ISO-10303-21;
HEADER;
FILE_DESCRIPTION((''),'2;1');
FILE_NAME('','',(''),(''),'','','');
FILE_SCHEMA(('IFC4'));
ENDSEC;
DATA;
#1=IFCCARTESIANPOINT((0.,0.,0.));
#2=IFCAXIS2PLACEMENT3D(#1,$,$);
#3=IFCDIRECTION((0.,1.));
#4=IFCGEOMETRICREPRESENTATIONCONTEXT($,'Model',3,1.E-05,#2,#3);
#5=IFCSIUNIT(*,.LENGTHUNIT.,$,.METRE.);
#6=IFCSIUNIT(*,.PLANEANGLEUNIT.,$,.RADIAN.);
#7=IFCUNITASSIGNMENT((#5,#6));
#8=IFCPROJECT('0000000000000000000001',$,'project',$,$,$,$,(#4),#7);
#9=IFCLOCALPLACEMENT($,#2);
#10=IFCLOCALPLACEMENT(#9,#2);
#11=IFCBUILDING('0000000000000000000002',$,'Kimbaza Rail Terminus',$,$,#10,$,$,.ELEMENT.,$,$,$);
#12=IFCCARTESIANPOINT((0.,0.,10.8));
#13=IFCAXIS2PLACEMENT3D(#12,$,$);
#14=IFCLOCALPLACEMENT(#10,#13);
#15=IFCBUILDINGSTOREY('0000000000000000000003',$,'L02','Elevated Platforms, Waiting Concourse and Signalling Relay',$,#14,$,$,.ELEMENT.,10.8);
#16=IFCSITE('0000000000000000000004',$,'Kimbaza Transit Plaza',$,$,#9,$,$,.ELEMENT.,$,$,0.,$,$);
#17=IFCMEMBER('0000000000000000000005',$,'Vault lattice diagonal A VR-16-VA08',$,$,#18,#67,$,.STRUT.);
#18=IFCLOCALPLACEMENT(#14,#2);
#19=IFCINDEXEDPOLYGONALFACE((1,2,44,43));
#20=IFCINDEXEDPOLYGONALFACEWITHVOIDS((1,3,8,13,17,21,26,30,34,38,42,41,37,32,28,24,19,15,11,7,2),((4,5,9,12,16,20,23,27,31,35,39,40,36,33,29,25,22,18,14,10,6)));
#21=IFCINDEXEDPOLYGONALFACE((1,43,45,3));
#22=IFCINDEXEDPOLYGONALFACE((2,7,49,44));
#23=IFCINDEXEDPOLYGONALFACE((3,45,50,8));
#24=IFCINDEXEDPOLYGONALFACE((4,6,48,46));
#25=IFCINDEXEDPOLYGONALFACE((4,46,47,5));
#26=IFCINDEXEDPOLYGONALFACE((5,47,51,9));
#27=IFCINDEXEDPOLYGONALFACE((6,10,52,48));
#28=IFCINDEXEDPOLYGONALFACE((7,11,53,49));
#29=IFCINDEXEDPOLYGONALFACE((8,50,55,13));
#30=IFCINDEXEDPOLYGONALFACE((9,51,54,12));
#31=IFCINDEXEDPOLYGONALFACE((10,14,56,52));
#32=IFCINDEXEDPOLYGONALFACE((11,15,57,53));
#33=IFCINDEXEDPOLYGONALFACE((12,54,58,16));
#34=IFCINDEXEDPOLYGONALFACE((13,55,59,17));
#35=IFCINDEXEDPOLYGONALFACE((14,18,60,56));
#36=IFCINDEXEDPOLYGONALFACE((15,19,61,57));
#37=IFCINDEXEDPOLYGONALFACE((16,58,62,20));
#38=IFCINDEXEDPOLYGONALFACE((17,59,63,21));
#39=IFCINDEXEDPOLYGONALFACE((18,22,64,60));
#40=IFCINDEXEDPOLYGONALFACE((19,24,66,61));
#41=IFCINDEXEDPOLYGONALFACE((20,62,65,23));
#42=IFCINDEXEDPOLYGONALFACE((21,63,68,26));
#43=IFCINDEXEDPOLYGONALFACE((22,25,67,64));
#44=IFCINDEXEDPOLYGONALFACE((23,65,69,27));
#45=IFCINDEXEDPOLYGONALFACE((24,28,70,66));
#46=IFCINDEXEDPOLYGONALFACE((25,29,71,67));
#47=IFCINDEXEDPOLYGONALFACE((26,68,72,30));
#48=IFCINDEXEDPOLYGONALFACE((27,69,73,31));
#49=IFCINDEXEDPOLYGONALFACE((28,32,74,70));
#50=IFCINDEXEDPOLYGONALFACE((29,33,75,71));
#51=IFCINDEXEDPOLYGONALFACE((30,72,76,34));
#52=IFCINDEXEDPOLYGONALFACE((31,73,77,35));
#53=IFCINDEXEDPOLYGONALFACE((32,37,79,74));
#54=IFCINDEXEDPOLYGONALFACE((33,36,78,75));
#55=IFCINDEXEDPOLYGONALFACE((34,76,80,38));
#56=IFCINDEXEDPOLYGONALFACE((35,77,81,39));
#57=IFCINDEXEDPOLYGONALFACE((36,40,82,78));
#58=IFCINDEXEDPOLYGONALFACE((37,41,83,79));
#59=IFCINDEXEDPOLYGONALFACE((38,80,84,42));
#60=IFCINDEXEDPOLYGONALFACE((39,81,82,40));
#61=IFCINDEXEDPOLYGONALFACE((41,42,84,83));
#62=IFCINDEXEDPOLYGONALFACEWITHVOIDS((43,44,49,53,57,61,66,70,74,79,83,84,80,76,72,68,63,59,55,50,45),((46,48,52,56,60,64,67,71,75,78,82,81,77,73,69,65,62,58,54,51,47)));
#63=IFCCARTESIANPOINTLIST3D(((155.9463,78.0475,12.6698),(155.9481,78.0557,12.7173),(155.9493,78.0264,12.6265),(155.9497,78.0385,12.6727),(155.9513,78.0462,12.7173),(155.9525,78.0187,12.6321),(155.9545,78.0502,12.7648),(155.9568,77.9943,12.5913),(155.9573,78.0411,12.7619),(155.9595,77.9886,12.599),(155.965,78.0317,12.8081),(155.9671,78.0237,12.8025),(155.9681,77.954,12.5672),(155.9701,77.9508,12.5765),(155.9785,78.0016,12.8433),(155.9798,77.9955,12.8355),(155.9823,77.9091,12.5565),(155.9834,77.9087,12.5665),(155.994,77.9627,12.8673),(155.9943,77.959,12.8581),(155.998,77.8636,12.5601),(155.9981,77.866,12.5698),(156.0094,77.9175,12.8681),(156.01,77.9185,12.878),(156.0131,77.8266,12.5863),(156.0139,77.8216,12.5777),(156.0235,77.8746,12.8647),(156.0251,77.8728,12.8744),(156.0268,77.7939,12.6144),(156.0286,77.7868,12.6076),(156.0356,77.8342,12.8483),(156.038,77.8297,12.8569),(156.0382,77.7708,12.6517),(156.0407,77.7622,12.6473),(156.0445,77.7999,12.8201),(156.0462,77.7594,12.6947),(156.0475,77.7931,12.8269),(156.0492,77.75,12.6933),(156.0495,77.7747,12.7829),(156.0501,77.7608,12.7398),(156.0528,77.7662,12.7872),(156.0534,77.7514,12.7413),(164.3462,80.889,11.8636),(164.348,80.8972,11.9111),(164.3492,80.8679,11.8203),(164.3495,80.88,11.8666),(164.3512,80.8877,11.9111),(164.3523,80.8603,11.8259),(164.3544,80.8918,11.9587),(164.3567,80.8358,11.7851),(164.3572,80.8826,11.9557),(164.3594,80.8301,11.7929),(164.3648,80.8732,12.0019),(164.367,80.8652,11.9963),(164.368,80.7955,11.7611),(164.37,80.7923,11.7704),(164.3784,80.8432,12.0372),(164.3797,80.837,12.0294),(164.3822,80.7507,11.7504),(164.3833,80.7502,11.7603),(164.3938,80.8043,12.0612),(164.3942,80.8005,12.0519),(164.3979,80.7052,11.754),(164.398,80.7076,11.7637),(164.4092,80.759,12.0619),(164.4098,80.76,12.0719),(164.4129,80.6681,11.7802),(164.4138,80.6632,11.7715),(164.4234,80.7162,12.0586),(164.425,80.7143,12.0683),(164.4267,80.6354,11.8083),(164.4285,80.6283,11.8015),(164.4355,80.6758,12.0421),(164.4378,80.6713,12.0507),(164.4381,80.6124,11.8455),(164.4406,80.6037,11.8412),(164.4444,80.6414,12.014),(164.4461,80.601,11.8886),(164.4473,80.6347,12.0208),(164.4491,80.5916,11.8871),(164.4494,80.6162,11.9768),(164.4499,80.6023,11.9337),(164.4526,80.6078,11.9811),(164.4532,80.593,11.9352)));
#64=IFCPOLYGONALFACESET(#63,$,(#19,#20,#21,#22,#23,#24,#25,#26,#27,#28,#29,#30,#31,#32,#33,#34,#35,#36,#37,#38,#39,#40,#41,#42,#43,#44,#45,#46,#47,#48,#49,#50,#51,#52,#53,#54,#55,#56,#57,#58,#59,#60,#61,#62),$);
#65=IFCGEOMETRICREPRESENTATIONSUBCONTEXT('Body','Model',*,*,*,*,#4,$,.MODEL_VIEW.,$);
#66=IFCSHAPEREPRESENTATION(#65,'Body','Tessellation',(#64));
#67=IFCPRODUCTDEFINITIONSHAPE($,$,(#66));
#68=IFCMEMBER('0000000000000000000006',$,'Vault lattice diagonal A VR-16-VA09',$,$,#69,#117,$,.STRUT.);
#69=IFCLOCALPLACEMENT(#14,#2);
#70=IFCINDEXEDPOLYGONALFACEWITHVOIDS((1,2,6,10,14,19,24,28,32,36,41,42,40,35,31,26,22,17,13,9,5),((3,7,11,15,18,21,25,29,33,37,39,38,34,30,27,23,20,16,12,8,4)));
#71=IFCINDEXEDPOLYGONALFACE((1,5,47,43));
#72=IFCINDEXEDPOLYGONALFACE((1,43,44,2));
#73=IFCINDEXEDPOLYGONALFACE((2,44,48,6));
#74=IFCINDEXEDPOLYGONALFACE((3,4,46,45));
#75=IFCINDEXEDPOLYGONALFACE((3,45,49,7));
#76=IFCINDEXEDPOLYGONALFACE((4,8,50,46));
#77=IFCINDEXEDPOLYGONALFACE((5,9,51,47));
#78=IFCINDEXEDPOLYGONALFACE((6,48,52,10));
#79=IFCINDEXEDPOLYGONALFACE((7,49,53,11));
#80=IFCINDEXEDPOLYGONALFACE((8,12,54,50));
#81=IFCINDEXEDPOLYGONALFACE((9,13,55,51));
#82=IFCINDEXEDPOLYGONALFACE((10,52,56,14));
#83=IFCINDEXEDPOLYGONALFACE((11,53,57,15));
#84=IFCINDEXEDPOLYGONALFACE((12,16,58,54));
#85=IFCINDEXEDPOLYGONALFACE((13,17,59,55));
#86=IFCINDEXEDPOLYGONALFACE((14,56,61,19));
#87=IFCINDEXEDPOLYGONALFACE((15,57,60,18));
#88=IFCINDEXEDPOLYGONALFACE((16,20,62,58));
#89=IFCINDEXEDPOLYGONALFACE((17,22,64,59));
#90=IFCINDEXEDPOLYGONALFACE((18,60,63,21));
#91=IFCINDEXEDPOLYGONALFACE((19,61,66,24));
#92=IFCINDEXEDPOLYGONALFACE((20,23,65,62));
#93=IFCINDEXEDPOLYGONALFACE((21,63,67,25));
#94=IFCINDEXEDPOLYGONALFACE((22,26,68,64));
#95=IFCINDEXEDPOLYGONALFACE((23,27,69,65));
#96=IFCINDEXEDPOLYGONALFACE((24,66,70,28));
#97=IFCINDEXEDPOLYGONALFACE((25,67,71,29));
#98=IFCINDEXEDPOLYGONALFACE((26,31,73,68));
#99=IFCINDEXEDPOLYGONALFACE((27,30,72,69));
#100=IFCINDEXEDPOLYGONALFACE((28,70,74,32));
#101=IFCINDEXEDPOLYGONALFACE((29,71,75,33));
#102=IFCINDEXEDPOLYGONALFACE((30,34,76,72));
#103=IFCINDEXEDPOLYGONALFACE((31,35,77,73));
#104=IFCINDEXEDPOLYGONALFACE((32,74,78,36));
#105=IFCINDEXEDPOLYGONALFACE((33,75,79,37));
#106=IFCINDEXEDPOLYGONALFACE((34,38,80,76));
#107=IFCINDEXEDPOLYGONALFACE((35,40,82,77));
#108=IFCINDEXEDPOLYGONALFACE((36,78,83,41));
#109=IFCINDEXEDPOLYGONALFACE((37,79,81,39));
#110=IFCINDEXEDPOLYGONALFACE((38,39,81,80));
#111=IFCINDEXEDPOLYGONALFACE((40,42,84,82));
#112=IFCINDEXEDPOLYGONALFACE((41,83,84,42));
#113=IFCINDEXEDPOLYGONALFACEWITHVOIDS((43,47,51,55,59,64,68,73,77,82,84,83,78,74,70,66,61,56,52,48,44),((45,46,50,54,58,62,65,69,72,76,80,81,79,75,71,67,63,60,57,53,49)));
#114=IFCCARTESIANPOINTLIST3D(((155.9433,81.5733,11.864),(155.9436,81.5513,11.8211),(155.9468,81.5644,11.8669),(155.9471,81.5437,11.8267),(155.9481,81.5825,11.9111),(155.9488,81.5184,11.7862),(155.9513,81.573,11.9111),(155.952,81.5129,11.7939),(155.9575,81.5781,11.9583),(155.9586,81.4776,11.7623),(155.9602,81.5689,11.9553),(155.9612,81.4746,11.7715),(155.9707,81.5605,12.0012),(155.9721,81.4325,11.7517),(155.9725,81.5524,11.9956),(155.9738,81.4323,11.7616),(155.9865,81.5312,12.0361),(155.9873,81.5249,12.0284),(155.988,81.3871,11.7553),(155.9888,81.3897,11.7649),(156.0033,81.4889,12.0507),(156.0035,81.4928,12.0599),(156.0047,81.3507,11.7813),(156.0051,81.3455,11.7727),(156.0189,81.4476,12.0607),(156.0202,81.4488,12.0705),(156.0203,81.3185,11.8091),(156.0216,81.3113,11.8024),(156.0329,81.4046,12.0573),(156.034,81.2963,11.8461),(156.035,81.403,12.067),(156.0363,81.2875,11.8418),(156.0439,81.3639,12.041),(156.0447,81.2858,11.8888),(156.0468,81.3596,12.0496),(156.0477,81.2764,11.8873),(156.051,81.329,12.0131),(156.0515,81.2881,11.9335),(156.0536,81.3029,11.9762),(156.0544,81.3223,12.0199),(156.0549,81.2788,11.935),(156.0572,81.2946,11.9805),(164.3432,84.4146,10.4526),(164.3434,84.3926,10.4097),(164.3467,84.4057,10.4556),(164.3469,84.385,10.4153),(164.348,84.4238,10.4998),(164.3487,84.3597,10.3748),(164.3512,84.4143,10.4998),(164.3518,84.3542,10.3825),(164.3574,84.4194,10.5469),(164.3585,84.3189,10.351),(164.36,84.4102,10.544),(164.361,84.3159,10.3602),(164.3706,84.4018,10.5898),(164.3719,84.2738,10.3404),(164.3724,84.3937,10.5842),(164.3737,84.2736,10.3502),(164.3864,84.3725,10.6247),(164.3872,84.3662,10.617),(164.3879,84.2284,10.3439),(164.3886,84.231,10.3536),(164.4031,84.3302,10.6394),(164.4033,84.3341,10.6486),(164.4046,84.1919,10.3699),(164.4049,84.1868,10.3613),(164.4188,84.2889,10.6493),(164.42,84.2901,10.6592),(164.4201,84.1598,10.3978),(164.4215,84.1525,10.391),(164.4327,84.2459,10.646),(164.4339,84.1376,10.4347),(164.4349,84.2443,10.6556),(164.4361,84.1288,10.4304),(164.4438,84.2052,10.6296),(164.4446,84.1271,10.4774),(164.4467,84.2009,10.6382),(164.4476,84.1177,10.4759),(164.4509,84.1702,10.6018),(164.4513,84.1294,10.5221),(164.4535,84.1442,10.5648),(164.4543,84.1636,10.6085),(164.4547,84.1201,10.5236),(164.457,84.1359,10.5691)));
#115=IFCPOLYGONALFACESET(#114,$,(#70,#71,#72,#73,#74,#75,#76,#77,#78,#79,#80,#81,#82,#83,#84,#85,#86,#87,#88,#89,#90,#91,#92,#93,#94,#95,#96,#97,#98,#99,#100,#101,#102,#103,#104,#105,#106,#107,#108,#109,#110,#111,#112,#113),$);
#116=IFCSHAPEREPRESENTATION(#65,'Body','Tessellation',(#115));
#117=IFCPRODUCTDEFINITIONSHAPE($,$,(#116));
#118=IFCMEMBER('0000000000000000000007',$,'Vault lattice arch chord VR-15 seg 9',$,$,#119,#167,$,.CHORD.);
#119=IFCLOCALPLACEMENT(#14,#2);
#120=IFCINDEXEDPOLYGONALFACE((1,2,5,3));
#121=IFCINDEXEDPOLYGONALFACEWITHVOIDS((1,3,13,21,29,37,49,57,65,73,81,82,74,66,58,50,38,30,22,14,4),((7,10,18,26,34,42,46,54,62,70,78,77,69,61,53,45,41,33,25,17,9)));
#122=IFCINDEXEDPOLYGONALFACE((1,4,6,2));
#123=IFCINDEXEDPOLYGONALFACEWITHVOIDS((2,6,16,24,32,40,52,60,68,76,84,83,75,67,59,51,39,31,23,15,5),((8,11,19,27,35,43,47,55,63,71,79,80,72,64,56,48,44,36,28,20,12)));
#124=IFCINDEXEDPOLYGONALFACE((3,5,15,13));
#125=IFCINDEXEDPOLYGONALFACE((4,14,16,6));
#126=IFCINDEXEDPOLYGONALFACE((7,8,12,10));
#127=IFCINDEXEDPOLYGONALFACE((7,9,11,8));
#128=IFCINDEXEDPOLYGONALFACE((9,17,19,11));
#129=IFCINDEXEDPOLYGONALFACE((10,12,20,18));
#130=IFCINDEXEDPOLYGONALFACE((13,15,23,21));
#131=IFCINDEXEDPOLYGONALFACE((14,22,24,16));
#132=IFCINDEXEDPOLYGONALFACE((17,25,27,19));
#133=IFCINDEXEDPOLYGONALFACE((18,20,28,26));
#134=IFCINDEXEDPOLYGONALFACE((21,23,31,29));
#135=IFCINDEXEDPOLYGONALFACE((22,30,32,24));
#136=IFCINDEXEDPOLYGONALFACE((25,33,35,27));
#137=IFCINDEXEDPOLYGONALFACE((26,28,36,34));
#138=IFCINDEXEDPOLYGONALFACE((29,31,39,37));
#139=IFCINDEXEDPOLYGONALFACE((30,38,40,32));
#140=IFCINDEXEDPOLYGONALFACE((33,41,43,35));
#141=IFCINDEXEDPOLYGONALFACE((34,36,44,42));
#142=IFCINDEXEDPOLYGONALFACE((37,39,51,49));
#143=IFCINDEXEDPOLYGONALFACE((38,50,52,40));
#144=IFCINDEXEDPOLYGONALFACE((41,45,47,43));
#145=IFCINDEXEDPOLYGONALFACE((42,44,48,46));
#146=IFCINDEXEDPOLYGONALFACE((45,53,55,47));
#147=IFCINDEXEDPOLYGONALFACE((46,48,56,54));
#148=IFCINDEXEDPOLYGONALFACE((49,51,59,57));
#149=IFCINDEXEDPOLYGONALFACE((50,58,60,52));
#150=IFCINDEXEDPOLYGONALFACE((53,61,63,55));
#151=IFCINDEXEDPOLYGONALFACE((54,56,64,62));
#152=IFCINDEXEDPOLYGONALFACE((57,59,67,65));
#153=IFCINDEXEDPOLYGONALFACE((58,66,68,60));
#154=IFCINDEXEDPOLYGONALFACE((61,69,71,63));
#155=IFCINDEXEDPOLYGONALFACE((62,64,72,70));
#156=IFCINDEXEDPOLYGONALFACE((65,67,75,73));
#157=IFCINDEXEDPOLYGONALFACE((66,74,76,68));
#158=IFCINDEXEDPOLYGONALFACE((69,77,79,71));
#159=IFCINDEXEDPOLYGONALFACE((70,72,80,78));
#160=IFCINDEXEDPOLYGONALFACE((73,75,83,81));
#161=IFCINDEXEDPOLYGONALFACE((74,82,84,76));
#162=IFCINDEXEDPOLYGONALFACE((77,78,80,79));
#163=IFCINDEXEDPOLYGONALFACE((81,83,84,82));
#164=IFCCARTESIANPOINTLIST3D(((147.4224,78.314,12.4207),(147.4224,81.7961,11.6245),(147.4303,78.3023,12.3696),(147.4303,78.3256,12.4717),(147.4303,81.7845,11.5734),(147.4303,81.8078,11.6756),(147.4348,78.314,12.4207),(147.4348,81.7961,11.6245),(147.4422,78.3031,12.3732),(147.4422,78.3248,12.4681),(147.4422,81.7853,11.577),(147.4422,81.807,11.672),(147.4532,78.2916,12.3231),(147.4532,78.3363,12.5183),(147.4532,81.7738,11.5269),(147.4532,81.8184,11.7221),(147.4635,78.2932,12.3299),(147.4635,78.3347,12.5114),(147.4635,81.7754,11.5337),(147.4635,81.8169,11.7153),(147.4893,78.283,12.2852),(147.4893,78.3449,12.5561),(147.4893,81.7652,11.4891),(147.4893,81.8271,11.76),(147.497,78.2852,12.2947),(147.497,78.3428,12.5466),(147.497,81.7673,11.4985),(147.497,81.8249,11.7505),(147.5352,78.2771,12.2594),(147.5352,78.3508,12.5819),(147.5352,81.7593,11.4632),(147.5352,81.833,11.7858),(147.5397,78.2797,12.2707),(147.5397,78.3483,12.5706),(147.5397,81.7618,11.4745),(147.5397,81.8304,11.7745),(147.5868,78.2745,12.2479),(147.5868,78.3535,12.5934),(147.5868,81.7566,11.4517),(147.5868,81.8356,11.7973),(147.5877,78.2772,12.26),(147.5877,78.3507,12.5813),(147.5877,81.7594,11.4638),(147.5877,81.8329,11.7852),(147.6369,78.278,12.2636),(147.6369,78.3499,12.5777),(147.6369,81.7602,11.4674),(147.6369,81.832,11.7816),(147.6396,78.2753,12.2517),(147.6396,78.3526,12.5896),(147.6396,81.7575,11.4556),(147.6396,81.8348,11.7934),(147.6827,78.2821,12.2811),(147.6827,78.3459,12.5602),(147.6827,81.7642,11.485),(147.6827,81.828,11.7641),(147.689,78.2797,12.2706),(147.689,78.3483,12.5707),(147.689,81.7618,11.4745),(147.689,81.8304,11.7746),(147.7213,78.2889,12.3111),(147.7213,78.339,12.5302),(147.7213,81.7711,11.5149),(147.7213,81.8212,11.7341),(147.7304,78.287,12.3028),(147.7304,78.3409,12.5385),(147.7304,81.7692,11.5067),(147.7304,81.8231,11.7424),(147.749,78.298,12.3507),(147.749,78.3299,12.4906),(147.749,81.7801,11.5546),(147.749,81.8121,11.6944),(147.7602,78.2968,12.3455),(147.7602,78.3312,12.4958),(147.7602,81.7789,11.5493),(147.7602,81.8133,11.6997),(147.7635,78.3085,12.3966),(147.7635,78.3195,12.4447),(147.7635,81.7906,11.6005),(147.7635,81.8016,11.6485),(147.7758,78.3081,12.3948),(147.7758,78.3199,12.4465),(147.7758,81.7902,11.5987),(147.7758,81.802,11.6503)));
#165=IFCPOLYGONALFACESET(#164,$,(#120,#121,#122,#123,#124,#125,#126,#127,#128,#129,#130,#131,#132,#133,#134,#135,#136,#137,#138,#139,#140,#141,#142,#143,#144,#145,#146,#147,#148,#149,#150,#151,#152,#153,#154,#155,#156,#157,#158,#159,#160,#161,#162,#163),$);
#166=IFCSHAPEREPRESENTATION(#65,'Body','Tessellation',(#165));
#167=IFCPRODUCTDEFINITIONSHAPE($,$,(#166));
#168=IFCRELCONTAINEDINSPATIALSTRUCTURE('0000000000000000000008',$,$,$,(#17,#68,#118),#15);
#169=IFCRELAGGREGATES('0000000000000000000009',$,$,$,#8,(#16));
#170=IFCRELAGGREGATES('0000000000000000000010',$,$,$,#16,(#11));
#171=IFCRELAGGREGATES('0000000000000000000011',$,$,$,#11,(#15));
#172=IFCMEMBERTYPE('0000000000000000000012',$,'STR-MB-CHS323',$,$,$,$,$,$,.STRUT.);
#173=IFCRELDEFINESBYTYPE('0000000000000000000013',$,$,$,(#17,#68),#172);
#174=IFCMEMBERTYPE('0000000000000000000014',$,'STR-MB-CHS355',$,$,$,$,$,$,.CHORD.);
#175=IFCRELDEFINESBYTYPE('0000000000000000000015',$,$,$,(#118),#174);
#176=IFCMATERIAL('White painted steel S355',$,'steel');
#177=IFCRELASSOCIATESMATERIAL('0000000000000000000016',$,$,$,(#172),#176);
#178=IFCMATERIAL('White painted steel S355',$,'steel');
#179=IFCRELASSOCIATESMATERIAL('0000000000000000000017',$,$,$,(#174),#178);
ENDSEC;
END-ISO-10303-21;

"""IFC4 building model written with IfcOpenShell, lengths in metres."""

from ifc_helpers import new_model, si_unit, direction, frame, origin, origin_2d, place, context, subcontext, project, spatial, hollow_circle, extrude, material, material_profile, profile_set, type_object, element, save


model = new_model("IFC4")

# Units and contexts
model_context = context("Model", 3, precision=1e-05, world=origin(), true_north=direction((0.0, 1.0)))
body_context = subcontext(model_context, "Body", "Model", "MODEL_VIEW")
ifc_project = project(units=[si_unit("LENGTHUNIT", "METRE"), si_unit("PLANEANGLEUNIT", "RADIAN")], contexts=[model_context])

# Site, building, storey
site_placement = place(None, origin())
site = spatial("IfcSite", under=ifc_project, at=site_placement, Name="Kimbaza Transit Plaza", CompositionType="ELEMENT", RefElevation=0.0)
building_placement = place(site_placement, origin())
building = spatial("IfcBuilding", under=site, at=building_placement, Name="Kimbaza Rail Terminus", CompositionType="ELEMENT")
storey_placement = place(building_placement, frame((0.0, 0.0, 10.8)))
storey = spatial("IfcBuildingStorey", under=building, at=storey_placement, Name="L02", Description="Elevated Platforms, Waiting Concourse and Signalling Relay", CompositionType="ELEMENT", Elevation=10.8)

# Members
ifc_material_1 = material(Name="White painted steel S355", Category="steel")
ifc_material_profile_1 = material_profile(ifc_material_1, hollow_circle(Radius=0.1619, WallThickness=0.01, at=origin_2d()), Name="CHS 323.9x10")
ifc_profile_set_1 = profile_set([ifc_material_profile_1], Name="White painted steel S355")
member_type_1 = type_object("IfcMemberType", Name="STR-MB-CHS323", PredefinedType="STRUT", material=ifc_profile_set_1)
member_1_placement = place(storey_placement, frame((156.0, 77.9023, 12.7173), z_axis=(0.943377, 0.319129, -0.090537), x_axis=(-0.320445, 0.947267, 0.0)))
element("IfcMember", 1, at=member_1_placement, inside=storey, type_object=member_type_1, Name="Vault lattice diagonal A VR-16-VA08", PredefinedType="STRUT", context=body_context, shape_type="SweptSolid", body=[
    extrude(hollow_circle(Radius=0.1619, WallThickness=0.01, at=origin_2d()), origin(), (0.0, 0.0, 1.0), 8.9041),
])
member_2_placement = place(storey_placement, frame((156.0, 81.4292, 11.9111), z_axis=(0.9355, 0.316437, -0.157186), x_axis=(-0.320421, 0.947275, 0.0)))
element("IfcMember", 2, at=member_2_placement, inside=storey, type_object=member_type_1, Name="Vault lattice diagonal A VR-16-VA09", PredefinedType="STRUT", context=body_context, shape_type="SweptSolid", body=[
    extrude(hollow_circle(Radius=0.1619, WallThickness=0.01, at=origin_2d()), origin(), (0.0, 0.0, 1.0), 8.979),
])
ifc_material_2 = material(Name="White painted steel S355", Category="steel")
ifc_material_profile_2 = material_profile(ifc_material_2, hollow_circle(Radius=0.1777, WallThickness=0.0125, at=origin_2d()), Name="CHS 355.6x12.5")
ifc_profile_set_2 = profile_set([ifc_material_profile_2], Name="White painted steel S355")
member_type_2 = type_object("IfcMemberType", Name="STR-MB-CHS355", PredefinedType="CHORD", material=ifc_profile_set_2)
member_3_placement = place(storey_placement, frame((147.6001, 78.314, 12.4207), z_axis=(0.0, 0.974845, -0.222882), x_axis=(-1.0, 0.0, 0.0)))
element("IfcMember", 3, at=member_3_placement, inside=storey, type_object=member_type_2, Name="Vault lattice arch chord VR-15 seg 9", PredefinedType="CHORD", context=body_context, shape_type="SweptSolid", body=[
    extrude(hollow_circle(Radius=0.1777, WallThickness=0.0125, at=origin_2d()), origin(), (0.0, 0.0, 1.0), 3.572),
])

save(model, "model.ifc")
